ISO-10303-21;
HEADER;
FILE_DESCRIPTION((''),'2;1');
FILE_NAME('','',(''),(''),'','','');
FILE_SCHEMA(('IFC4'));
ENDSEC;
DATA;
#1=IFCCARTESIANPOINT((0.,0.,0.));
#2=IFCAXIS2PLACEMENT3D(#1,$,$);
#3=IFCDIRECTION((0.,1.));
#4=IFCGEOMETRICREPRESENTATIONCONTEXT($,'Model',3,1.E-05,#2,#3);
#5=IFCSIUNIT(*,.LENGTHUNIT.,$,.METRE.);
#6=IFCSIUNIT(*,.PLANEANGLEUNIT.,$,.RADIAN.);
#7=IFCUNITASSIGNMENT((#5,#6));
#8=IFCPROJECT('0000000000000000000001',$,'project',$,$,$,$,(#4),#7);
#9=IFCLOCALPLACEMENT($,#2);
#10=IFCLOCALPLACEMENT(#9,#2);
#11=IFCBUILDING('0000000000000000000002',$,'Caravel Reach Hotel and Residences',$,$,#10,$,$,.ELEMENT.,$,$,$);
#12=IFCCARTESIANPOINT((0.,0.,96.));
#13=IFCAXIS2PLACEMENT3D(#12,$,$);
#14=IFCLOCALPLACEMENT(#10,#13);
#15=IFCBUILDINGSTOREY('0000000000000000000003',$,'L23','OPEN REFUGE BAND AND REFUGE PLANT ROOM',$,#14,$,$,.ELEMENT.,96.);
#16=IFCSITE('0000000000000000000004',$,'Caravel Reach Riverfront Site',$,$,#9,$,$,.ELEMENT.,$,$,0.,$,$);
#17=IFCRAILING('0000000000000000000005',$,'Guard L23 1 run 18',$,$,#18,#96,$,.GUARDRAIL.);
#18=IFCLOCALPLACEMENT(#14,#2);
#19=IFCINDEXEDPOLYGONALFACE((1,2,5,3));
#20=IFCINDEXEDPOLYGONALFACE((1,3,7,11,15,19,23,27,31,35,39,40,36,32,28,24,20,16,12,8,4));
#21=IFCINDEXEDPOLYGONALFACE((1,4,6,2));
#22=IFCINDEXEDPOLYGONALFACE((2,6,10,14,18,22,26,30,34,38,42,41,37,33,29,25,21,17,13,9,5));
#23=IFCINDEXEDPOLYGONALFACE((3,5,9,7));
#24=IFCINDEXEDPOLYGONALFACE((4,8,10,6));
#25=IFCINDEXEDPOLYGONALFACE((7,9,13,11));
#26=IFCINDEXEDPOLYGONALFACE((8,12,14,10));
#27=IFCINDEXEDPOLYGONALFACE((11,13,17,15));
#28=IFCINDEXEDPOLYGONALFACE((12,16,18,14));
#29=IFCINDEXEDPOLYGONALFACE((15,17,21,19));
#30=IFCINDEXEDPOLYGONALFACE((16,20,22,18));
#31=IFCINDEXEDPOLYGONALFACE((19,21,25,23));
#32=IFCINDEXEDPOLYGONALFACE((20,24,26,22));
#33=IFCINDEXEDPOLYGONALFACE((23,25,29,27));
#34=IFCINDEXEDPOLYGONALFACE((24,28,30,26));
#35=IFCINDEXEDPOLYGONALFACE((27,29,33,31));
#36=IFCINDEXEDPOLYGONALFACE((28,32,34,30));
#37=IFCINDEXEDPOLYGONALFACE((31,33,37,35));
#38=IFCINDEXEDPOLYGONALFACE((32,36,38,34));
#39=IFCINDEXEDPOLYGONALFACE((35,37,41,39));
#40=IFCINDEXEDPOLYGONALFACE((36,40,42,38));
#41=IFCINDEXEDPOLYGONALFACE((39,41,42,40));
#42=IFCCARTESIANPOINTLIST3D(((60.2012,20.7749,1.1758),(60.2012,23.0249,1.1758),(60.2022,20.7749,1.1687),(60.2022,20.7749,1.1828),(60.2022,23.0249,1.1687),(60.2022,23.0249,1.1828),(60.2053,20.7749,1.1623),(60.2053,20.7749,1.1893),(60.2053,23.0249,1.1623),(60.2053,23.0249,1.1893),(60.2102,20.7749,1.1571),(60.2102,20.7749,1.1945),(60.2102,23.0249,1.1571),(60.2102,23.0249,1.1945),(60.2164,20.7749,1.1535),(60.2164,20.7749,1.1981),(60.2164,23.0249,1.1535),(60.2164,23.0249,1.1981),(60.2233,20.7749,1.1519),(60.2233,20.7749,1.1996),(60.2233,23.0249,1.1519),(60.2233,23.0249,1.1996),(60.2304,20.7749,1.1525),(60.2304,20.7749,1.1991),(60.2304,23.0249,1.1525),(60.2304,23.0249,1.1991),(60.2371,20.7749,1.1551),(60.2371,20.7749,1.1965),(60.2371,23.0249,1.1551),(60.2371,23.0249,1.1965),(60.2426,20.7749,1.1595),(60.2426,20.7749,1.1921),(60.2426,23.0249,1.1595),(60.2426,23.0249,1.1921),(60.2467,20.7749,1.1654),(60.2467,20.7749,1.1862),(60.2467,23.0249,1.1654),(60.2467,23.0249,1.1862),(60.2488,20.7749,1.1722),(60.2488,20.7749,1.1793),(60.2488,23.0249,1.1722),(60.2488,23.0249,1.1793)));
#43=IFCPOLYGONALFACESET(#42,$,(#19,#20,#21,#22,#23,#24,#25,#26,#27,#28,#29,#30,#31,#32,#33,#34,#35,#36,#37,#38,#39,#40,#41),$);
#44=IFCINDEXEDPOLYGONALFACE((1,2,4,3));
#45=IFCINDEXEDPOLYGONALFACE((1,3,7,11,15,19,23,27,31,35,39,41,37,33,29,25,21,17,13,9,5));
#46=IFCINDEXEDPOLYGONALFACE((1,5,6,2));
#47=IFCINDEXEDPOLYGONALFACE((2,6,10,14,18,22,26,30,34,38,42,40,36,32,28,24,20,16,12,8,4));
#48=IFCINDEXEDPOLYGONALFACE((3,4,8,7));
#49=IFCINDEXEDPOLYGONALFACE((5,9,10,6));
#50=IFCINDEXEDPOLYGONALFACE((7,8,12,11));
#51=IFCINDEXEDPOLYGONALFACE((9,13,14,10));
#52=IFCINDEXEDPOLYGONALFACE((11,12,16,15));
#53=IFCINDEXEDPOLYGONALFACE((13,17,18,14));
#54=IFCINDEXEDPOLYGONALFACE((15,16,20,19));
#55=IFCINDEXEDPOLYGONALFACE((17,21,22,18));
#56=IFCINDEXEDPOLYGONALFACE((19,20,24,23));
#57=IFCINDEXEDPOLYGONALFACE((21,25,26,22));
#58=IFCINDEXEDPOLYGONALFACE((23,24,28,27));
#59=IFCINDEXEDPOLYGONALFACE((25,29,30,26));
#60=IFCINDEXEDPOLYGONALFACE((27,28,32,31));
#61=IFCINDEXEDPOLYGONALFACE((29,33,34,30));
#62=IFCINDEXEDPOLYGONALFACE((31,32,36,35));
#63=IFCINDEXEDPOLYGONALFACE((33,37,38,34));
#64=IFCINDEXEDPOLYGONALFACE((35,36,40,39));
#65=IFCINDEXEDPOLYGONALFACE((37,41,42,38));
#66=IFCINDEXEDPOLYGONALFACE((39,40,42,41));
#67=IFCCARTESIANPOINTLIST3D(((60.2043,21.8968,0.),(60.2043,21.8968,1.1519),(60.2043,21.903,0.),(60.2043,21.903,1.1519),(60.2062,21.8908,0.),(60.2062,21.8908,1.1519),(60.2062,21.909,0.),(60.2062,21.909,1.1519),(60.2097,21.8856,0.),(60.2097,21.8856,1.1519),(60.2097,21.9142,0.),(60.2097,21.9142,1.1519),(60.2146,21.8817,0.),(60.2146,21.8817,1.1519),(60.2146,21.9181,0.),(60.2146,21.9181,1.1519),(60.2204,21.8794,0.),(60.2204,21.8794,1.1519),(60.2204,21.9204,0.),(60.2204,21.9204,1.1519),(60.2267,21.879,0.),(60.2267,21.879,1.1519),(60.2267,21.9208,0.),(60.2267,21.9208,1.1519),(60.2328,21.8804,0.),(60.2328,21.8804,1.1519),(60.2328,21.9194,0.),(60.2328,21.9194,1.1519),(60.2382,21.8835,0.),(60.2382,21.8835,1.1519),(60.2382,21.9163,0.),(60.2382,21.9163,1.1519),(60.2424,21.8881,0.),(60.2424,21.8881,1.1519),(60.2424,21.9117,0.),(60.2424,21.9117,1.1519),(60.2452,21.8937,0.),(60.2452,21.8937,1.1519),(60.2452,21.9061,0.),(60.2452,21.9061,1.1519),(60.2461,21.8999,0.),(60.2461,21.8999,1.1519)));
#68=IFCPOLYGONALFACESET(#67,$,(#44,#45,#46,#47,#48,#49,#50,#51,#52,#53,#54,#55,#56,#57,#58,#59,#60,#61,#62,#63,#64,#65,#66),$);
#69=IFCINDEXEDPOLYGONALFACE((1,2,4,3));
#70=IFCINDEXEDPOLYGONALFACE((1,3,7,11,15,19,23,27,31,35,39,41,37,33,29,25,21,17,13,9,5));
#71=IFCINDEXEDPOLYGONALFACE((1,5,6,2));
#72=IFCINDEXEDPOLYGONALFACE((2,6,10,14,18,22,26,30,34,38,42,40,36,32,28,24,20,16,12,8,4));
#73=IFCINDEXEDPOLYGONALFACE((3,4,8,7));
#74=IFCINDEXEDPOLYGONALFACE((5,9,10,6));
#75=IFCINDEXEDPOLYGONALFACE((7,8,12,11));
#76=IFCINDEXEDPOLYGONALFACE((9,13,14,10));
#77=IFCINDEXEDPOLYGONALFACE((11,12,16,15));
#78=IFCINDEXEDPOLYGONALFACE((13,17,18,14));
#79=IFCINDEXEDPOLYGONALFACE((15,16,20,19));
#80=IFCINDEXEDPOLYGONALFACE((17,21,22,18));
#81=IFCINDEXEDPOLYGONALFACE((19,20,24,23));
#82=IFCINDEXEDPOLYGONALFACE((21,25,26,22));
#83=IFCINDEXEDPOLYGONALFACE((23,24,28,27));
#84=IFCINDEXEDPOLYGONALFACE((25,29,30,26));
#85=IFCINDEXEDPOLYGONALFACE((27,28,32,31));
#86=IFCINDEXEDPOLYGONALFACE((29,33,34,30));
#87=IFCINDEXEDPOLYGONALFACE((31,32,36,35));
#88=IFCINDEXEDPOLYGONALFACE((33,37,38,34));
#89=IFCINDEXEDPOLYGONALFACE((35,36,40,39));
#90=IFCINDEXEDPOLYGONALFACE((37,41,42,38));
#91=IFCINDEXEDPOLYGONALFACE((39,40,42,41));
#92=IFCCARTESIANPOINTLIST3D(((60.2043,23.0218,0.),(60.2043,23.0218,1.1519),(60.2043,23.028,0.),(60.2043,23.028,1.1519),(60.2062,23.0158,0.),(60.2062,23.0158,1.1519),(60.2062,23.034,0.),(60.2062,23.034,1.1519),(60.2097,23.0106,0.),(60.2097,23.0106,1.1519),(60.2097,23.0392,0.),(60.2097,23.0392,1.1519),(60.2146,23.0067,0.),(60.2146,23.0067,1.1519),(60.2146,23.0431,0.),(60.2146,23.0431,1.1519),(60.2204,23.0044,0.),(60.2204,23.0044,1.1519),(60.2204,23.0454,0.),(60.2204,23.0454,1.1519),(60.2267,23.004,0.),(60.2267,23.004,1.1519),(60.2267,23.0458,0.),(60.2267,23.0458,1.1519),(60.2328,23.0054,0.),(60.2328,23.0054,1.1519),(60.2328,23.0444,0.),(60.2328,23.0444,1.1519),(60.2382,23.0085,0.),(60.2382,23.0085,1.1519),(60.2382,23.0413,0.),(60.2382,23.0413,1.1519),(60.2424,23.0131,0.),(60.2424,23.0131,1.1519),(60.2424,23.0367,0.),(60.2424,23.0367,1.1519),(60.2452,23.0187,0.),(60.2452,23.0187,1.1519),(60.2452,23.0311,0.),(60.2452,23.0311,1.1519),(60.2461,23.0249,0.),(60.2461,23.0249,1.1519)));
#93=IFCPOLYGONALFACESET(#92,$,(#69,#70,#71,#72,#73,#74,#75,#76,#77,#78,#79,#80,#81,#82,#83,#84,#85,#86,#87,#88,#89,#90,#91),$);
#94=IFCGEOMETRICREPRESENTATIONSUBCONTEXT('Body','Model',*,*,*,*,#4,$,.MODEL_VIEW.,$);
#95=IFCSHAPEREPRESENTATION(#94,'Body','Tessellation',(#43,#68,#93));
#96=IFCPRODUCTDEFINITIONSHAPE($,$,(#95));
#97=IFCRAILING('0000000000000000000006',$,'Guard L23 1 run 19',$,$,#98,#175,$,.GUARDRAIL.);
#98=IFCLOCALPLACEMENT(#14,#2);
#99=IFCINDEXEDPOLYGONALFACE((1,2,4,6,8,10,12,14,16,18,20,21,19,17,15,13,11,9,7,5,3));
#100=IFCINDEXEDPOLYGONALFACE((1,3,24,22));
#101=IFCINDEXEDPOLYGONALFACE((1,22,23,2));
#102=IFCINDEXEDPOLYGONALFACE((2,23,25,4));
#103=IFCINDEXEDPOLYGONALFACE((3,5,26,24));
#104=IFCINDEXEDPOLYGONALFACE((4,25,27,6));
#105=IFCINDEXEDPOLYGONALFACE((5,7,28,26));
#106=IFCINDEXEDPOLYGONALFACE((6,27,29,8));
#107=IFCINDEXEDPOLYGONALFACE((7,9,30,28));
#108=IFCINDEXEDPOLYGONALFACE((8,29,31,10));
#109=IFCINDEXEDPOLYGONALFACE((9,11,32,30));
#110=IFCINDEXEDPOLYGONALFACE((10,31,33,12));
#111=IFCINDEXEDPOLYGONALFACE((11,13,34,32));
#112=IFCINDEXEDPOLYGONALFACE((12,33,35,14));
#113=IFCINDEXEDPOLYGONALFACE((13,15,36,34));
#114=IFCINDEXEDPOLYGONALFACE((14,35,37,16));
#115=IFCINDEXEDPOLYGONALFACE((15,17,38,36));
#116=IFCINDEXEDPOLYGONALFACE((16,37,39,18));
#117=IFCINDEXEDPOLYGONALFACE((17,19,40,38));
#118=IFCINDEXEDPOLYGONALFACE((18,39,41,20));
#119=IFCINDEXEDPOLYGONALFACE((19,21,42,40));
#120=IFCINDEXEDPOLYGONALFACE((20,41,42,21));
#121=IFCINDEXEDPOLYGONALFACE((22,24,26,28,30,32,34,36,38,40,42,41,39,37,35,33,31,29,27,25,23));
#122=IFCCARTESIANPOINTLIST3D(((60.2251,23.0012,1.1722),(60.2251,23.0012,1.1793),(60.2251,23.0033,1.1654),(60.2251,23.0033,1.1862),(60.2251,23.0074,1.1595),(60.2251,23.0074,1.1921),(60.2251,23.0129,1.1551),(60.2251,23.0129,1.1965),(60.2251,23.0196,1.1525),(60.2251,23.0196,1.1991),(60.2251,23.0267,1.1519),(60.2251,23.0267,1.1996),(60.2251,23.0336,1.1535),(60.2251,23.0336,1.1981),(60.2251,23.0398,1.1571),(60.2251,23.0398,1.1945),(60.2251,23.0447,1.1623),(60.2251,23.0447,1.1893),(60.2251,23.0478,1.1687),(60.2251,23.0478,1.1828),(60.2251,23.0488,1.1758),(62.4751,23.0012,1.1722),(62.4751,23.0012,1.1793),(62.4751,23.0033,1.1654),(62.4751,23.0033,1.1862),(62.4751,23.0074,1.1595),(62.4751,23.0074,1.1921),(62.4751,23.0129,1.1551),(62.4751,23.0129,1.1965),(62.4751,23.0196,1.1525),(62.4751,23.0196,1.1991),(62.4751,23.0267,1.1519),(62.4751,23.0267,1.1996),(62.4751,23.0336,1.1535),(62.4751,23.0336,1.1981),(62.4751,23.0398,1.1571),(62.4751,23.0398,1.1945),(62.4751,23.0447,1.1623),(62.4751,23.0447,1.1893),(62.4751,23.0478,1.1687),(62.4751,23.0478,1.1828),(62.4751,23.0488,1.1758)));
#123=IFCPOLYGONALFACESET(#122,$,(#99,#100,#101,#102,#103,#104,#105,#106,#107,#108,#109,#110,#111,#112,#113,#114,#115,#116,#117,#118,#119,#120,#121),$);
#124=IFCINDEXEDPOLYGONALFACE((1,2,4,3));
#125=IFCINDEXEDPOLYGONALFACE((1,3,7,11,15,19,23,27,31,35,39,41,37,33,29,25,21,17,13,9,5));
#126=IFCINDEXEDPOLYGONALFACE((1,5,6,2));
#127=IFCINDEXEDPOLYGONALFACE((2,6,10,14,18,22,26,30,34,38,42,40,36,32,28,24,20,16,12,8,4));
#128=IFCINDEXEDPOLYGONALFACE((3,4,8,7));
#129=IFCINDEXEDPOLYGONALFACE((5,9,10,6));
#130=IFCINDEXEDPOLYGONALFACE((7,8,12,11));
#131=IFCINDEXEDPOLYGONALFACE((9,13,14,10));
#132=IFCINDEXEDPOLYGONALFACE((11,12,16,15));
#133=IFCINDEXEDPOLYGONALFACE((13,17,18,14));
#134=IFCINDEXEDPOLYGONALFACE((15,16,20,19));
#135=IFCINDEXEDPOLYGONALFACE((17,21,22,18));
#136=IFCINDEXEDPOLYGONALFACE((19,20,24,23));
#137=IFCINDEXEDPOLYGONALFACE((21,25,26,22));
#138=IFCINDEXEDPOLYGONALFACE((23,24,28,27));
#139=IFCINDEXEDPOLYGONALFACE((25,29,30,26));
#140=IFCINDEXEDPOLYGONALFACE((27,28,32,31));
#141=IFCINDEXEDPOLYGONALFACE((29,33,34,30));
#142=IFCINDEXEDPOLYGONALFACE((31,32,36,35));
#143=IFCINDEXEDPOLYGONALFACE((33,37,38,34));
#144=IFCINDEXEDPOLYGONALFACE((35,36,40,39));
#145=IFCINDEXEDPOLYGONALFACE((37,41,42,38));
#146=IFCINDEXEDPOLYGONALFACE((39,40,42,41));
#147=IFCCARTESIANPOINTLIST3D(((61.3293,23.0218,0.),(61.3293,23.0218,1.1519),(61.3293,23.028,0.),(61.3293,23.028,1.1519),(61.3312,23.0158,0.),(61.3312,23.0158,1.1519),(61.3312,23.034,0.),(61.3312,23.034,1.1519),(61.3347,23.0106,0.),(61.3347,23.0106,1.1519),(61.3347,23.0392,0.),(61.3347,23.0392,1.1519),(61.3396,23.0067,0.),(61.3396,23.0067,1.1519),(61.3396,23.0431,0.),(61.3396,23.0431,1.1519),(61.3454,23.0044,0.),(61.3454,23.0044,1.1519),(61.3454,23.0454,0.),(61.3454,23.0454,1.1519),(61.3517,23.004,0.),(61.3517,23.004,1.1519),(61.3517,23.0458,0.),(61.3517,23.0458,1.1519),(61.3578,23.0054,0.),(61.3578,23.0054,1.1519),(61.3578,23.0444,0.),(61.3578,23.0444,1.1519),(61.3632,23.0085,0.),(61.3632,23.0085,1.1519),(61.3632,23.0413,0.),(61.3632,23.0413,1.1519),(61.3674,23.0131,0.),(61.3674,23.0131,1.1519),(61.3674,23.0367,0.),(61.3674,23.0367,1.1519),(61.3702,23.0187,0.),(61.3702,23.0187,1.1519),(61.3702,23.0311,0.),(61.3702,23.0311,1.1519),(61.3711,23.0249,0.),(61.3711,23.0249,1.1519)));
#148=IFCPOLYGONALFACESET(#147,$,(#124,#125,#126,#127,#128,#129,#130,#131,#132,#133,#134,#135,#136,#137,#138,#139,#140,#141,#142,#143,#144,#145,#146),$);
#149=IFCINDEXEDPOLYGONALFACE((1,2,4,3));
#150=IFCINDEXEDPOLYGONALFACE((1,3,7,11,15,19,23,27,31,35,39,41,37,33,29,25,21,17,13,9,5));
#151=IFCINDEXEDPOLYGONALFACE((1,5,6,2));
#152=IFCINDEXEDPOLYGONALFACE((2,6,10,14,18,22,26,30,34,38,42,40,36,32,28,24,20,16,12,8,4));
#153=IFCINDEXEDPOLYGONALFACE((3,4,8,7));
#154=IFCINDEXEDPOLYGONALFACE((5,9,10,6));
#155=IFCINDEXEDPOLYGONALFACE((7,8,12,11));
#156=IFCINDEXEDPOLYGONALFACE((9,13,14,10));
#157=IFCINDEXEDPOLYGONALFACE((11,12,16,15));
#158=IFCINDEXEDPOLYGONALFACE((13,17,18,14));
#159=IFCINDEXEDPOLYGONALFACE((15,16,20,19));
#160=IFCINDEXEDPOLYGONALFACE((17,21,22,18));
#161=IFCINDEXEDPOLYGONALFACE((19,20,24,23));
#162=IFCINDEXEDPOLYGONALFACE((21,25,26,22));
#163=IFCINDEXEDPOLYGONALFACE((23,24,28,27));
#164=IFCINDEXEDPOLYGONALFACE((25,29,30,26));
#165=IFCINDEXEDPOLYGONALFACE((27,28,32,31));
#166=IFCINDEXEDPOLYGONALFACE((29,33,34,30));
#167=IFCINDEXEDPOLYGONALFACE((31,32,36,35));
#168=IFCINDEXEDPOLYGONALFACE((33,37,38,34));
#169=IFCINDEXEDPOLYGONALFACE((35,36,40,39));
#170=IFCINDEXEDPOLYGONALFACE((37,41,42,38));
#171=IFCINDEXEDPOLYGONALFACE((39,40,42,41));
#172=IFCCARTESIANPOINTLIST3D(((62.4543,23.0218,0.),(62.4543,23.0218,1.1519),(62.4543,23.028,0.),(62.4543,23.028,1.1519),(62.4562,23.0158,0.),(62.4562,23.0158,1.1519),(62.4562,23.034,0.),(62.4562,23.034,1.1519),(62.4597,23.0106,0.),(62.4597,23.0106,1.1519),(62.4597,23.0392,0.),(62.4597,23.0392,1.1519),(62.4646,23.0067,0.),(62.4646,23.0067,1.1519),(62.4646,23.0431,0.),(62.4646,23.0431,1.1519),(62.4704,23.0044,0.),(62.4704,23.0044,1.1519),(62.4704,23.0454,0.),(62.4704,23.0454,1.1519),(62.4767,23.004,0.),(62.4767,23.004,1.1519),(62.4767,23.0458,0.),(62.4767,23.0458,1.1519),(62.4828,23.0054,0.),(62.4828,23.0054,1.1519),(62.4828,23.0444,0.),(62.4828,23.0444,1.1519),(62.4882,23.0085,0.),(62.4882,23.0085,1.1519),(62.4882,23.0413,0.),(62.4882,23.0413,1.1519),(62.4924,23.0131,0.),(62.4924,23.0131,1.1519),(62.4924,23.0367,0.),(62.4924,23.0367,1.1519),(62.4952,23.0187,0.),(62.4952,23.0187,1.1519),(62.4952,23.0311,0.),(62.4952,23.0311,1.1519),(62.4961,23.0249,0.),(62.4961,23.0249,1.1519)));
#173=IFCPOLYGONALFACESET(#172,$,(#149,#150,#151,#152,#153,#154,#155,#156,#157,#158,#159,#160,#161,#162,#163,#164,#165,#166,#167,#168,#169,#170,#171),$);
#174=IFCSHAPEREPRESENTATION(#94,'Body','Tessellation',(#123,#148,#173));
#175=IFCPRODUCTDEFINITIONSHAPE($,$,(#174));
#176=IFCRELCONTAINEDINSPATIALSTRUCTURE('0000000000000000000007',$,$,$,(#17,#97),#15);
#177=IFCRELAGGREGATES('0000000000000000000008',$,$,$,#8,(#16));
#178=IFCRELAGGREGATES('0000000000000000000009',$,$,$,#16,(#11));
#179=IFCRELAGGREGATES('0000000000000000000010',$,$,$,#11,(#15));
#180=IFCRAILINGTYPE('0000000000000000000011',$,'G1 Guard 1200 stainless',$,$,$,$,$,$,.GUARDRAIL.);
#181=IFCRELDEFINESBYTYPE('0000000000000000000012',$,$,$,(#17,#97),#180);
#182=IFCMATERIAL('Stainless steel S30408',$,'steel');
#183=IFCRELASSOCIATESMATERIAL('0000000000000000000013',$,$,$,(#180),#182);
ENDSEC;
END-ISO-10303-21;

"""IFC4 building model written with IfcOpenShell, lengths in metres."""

from ifc_helpers import new_model, si_unit, direction, frame, origin, origin_2d, place, context, subcontext, project, spatial, circle, extrude, material, type_object, element, save


model = new_model("IFC4")

# Units and contexts
model_context = context("Model", 3, precision=1e-05, world=origin(), true_north=direction((0.0, 1.0)))
body_context = subcontext(model_context, "Body", "Model", "MODEL_VIEW")
ifc_project = project(units=[si_unit("LENGTHUNIT", "METRE"), si_unit("PLANEANGLEUNIT", "RADIAN")], contexts=[model_context])

# Site, building, storey
site_placement = place(None, origin())
site = spatial("IfcSite", under=ifc_project, at=site_placement, Name="Caravel Reach Riverfront Site", CompositionType="ELEMENT", RefElevation=0.0)
building_placement = place(site_placement, origin())
building = spatial("IfcBuilding", under=site, at=building_placement, Name="Caravel Reach Hotel and Residences", CompositionType="ELEMENT")
storey_placement = place(building_placement, frame((0.0, 0.0, 96.0)))
storey = spatial("IfcBuildingStorey", under=building, at=storey_placement, Name="L23", Description="OPEN REFUGE BAND AND REFUGE PLANT ROOM", CompositionType="ELEMENT", Elevation=96.0)

# Railings
ifc_material_1 = material(Name="Stainless steel S30408", Category="steel")
railing_type = type_object("IfcRailingType", Name="G1 Guard 1200 stainless", PredefinedType="GUARDRAIL", material=ifc_material_1)
railing_1_placement = place(storey_placement, frame((60.2251, 20.7749, 0.0)))
element("IfcRailing", 1, at=railing_1_placement, inside=storey, type_object=railing_type, Name="Guard L23 1 run 18", PredefinedType="GUARDRAIL", context=body_context, shape_type="SweptSolid", body=[
    extrude(circle(Radius=0.0239, at=origin_2d()), frame((0.0, 0.0, 1.1758), z_axis=(0.0, 1.0, 0.0), x_axis=(-1.0, 0.0, 0.0)), (0.0, 0.0, 1.0), 2.25),
    extrude(circle(Radius=0.021, at=origin_2d()), frame((0.0, 1.125, 0.0)), (0.0, 0.0, 1.0), 1.1519),
    extrude(circle(Radius=0.021, at=origin_2d()), frame((0.0, 2.25, 0.0)), (0.0, 0.0, 1.0), 1.1519),
])
railing_2_placement = place(storey_placement, frame((60.2251, 23.0249, 0.0)))
element("IfcRailing", 2, at=railing_2_placement, inside=storey, type_object=railing_type, Name="Guard L23 1 run 19", PredefinedType="GUARDRAIL", context=body_context, shape_type="SweptSolid", body=[
    extrude(circle(Radius=0.0239, at=origin_2d()), frame((0.0, 0.0, 1.1758), z_axis=(1.0, 0.0, 0.0), x_axis=(0.0, 1.0, 0.0)), (0.0, 0.0, 1.0), 2.25),
    extrude(circle(Radius=0.021, at=origin_2d()), frame((1.125, 0.0, 0.0)), (0.0, 0.0, 1.0), 1.1519),
    extrude(circle(Radius=0.021, at=origin_2d()), frame((2.25, 0.0, 0.0)), (0.0, 0.0, 1.0), 1.1519),
])

save(model, "model.ifc")
